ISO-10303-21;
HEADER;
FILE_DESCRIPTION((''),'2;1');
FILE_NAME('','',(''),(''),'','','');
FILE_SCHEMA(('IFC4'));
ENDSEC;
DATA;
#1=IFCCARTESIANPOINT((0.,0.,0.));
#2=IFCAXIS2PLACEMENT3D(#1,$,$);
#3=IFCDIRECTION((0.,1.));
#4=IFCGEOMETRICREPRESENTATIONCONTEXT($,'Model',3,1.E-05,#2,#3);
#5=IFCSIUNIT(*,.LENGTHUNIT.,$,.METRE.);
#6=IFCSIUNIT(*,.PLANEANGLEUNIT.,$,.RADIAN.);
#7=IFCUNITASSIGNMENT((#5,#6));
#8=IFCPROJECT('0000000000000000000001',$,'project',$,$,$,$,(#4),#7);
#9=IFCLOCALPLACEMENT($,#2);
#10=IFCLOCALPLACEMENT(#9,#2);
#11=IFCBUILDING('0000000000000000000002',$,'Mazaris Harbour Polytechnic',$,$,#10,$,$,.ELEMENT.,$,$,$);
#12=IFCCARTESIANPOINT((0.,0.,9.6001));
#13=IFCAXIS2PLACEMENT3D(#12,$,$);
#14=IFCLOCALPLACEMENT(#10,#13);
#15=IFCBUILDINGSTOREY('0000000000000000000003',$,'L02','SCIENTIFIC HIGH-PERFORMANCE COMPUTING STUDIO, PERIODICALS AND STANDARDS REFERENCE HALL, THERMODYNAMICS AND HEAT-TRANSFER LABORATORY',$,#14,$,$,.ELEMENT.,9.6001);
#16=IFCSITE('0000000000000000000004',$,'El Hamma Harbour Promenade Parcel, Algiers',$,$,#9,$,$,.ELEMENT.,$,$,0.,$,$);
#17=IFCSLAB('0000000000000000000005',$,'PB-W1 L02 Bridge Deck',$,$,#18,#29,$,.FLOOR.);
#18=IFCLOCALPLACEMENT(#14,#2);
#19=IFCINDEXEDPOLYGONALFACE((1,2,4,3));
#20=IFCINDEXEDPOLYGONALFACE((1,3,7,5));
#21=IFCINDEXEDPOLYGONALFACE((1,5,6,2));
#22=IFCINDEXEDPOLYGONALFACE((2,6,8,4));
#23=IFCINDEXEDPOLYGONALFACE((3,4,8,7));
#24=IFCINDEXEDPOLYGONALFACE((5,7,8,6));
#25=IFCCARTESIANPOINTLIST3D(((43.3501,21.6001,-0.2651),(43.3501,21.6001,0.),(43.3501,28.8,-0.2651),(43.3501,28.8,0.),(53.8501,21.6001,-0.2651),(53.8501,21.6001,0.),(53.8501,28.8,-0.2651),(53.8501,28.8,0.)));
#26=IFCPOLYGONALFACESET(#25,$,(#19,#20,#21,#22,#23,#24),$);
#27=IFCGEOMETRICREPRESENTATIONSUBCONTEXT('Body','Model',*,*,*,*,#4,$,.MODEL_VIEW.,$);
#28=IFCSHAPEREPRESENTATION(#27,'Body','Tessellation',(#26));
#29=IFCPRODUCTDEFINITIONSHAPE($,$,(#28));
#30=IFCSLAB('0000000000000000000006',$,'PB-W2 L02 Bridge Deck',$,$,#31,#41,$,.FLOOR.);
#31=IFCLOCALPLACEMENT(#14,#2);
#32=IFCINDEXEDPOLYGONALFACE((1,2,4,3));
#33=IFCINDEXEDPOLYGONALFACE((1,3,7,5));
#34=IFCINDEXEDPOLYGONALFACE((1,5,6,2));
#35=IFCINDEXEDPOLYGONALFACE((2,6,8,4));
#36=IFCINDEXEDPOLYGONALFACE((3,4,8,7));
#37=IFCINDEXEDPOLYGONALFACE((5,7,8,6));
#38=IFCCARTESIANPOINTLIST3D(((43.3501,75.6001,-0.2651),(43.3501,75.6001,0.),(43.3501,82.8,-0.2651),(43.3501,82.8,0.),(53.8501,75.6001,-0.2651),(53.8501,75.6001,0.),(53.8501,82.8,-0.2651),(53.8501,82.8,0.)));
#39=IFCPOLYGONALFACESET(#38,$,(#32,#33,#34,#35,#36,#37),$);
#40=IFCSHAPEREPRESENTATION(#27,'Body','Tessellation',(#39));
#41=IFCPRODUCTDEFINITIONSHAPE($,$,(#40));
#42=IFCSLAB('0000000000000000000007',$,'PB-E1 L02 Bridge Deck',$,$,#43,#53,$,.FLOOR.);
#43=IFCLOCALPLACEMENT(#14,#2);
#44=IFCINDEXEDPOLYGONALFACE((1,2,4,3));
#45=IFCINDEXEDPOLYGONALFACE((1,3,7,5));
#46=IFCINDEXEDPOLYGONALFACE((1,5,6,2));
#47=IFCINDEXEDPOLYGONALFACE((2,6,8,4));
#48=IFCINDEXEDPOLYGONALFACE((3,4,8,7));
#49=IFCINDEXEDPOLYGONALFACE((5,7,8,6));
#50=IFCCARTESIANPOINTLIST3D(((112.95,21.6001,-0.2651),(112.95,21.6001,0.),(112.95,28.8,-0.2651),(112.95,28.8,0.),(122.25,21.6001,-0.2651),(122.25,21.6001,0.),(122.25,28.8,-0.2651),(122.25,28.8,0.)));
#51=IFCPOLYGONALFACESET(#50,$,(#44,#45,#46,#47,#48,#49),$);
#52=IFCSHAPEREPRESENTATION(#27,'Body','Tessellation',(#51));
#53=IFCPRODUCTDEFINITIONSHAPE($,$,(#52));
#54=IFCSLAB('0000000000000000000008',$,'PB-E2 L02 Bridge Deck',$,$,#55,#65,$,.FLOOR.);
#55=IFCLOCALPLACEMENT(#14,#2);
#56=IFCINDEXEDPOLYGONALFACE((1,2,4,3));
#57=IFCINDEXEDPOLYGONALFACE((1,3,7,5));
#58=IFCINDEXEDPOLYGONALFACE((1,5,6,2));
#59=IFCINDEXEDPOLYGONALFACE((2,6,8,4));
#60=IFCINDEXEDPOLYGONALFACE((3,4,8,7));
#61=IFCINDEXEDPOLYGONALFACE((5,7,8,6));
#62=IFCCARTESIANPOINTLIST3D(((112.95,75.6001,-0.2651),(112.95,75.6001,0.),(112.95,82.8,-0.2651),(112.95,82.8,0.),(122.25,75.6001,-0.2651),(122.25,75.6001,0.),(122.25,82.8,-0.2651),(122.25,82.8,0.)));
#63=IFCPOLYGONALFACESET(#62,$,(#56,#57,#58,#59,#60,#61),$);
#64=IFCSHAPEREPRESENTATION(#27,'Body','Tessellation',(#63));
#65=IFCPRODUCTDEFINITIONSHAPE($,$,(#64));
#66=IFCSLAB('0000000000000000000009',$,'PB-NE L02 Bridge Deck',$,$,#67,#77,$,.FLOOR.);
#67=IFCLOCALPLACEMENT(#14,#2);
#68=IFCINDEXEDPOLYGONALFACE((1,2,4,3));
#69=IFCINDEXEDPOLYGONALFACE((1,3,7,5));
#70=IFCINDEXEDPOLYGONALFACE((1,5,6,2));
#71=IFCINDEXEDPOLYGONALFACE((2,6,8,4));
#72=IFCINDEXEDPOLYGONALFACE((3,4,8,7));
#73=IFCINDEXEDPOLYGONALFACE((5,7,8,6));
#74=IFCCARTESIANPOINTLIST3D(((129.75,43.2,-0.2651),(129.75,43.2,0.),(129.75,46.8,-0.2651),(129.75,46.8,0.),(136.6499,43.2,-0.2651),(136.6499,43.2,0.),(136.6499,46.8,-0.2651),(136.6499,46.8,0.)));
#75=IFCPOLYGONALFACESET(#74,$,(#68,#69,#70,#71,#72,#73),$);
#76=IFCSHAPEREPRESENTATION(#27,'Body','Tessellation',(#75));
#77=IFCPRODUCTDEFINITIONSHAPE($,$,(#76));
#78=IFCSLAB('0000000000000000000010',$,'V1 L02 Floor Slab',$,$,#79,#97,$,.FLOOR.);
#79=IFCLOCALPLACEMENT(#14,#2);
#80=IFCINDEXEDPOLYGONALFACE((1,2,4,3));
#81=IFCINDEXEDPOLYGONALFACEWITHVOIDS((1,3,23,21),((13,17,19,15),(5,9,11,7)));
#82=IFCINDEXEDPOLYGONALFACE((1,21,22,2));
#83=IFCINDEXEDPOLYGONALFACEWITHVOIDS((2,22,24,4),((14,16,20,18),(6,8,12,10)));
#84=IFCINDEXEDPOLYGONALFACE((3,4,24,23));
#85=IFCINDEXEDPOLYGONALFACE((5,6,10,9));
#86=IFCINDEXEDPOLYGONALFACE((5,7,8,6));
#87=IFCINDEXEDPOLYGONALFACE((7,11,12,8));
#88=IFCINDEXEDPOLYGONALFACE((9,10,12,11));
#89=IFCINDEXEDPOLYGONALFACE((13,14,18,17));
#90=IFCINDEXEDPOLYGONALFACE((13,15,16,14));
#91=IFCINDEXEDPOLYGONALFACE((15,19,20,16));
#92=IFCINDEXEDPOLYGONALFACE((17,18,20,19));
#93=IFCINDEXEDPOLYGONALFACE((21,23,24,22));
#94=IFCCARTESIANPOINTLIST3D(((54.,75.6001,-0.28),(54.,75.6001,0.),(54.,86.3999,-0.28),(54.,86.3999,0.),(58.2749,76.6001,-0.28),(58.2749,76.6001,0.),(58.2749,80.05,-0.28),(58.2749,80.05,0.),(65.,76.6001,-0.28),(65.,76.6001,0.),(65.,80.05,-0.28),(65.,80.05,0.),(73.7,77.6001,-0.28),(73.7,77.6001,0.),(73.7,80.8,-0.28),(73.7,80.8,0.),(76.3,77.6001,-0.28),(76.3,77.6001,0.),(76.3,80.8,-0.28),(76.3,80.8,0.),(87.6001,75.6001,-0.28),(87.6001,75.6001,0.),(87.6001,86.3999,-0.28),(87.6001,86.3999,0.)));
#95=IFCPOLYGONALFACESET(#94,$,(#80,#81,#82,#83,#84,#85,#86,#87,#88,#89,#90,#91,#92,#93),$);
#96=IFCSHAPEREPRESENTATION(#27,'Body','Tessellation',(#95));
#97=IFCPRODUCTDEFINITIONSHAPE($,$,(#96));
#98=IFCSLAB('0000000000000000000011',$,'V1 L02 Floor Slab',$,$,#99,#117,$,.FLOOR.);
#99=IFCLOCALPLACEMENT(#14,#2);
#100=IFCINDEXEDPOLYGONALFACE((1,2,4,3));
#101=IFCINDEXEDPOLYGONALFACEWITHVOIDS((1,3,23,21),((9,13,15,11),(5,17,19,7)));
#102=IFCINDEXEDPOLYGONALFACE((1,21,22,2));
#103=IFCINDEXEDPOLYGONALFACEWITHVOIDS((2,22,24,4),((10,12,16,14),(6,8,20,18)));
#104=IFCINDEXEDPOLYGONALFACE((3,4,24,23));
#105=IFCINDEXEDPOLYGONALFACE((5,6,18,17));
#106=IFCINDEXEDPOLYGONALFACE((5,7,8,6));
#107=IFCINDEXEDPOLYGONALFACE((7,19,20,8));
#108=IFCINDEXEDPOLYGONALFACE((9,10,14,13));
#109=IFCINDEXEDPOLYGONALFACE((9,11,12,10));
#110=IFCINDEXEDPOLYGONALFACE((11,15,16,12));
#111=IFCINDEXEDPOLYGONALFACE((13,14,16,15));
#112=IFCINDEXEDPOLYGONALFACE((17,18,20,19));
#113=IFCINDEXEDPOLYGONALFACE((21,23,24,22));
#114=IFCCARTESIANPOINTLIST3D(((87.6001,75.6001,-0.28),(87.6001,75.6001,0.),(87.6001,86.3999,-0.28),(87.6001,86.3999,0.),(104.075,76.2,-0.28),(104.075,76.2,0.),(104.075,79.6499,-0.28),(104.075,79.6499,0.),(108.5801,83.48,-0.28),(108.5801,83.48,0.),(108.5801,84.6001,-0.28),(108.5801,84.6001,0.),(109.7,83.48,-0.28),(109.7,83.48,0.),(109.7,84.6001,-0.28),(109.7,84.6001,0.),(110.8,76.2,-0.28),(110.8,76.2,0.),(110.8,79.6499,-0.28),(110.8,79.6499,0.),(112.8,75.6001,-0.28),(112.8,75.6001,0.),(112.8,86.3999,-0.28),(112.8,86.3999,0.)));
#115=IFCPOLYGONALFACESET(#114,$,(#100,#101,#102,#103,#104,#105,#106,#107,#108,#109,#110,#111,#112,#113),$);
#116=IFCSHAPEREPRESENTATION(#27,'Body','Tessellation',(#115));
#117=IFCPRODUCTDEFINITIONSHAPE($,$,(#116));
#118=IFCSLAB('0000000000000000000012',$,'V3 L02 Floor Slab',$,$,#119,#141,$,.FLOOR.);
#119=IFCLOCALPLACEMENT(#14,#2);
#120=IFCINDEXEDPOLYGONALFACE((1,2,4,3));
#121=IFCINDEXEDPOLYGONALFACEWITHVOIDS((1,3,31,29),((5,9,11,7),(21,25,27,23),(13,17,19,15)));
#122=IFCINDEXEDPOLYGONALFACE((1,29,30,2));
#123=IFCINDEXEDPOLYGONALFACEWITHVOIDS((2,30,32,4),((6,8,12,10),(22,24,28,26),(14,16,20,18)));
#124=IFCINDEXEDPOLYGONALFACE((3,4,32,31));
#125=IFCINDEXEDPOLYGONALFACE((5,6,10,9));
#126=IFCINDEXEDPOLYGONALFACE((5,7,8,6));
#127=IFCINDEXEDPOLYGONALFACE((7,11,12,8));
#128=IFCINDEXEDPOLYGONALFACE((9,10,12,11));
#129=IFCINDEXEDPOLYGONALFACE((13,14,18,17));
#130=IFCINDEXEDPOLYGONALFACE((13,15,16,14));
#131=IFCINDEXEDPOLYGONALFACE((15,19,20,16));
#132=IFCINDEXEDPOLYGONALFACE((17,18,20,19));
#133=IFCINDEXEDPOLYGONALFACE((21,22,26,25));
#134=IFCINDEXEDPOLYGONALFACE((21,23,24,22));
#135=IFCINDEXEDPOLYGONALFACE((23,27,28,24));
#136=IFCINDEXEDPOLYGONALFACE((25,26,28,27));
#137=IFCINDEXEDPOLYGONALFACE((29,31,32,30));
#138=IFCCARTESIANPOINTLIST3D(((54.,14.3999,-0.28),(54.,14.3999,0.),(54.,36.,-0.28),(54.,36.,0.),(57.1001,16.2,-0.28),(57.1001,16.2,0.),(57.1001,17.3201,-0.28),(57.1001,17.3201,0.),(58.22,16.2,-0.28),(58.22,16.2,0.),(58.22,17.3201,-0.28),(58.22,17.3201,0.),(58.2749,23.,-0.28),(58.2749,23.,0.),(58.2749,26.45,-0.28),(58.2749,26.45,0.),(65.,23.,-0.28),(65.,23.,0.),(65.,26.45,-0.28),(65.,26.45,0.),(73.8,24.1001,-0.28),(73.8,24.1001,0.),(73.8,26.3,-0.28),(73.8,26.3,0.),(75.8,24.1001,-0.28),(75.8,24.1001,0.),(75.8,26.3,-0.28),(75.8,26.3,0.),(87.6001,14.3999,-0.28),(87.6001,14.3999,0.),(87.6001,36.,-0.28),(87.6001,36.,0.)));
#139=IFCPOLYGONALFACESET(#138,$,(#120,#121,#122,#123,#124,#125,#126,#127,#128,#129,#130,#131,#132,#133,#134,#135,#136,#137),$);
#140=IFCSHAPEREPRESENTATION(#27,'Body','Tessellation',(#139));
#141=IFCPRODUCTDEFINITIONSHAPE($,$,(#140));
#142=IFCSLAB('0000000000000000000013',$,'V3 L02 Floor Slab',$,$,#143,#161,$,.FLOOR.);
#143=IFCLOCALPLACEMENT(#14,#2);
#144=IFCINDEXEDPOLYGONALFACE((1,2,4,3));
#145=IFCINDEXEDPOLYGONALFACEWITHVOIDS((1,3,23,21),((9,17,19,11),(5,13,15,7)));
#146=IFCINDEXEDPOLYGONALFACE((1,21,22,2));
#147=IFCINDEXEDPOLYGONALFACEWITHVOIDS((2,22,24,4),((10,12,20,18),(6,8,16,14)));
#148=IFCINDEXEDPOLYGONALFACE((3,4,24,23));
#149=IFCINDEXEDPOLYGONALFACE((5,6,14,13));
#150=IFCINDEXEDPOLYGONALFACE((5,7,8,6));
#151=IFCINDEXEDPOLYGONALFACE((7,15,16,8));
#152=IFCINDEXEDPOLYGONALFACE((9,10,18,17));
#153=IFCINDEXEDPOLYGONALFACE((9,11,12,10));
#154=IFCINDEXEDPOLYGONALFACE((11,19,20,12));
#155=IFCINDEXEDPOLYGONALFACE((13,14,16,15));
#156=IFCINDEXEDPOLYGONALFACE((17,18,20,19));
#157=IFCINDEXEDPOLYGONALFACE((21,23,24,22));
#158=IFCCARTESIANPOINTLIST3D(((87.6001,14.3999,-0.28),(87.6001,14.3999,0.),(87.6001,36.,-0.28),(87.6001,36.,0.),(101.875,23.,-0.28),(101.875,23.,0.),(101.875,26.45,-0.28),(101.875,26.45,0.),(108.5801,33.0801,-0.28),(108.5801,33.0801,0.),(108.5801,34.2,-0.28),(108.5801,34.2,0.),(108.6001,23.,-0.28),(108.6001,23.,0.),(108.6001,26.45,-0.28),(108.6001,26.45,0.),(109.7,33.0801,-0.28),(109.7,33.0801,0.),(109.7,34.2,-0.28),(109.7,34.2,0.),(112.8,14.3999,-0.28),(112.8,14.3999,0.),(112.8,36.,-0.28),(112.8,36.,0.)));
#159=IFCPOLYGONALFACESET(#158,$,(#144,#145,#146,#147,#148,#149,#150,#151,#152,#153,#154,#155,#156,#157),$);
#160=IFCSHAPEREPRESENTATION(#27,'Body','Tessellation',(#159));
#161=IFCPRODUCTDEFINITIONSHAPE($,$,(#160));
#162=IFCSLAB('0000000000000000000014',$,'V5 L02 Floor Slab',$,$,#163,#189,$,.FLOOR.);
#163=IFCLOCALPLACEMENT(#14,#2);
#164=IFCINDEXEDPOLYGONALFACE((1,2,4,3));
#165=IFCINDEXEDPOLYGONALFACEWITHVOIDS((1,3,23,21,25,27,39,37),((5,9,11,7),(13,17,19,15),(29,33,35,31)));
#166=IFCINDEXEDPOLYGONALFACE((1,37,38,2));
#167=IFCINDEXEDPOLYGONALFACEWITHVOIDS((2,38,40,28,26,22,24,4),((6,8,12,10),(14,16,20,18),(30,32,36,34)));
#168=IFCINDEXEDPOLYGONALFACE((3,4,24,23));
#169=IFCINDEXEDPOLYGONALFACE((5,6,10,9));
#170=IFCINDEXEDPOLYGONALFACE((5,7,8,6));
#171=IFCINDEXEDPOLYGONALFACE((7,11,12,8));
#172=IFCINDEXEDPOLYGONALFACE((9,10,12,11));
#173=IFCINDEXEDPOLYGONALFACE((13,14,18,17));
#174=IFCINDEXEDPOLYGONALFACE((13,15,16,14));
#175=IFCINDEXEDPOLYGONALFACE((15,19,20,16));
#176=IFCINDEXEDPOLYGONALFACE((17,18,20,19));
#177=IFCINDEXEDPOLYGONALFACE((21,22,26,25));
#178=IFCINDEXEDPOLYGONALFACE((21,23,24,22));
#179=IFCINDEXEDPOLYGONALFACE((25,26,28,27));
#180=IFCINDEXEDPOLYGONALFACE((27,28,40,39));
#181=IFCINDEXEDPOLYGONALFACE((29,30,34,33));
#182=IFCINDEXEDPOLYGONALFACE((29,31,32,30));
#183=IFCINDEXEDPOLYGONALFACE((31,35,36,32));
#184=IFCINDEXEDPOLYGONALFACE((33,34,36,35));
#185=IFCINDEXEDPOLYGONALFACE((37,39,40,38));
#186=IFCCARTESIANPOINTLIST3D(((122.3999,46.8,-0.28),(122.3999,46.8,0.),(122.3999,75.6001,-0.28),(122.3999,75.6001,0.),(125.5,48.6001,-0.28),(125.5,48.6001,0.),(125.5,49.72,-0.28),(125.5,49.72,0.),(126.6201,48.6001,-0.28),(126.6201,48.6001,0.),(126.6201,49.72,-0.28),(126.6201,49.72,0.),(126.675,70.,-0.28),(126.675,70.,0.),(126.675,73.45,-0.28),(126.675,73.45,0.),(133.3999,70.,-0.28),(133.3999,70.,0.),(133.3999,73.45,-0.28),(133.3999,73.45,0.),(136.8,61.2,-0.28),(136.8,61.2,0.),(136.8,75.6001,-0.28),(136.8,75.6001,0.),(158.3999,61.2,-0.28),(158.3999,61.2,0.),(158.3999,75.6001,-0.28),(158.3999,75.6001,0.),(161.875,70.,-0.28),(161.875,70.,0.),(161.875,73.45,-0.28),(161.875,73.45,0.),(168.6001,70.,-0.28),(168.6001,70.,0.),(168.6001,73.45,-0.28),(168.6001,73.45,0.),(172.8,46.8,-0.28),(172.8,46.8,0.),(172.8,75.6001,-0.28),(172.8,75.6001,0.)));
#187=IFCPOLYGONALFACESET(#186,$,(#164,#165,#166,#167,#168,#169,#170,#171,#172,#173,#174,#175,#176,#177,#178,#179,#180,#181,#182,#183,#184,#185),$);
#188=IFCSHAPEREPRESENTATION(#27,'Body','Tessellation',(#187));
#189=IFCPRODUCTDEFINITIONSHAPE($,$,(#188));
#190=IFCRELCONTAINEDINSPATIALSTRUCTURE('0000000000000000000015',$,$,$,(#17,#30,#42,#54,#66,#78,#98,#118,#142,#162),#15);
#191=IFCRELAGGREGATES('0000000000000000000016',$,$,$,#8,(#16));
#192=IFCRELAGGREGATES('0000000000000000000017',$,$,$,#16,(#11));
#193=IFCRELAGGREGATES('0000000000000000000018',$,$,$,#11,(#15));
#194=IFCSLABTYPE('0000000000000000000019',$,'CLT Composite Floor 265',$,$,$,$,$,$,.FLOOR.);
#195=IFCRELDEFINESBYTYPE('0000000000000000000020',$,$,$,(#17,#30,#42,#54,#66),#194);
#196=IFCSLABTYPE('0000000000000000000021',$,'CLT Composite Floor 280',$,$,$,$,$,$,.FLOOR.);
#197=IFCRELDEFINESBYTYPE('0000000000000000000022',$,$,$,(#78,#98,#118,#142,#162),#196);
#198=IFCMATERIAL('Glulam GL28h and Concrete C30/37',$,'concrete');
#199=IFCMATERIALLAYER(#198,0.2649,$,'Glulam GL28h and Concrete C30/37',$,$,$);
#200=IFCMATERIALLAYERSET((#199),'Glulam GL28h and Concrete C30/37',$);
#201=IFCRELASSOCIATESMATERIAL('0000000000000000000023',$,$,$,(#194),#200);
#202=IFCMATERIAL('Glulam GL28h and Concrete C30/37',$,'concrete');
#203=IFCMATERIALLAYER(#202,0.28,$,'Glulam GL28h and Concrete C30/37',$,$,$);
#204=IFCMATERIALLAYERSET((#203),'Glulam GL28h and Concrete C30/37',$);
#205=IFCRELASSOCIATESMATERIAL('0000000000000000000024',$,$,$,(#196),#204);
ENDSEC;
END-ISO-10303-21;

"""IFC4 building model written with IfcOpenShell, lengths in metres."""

from ifc_helpers import new_model, si_unit, direction, frame, origin, place, context, subcontext, project, spatial, polyline, outline, extrude, material, layer, layer_set, type_object, element, save


model = new_model("IFC4")

# Units and contexts
model_context = context("Model", 3, precision=1e-05, world=origin(), true_north=direction((0.0, 1.0)))
body_context = subcontext(model_context, "Body", "Model", "MODEL_VIEW")
ifc_project = project(units=[si_unit("LENGTHUNIT", "METRE"), si_unit("PLANEANGLEUNIT", "RADIAN")], contexts=[model_context])

# Site, building, storey
site_placement = place(None, origin())
site = spatial("IfcSite", under=ifc_project, at=site_placement, Name="El Hamma Harbour Promenade Parcel, Algiers", CompositionType="ELEMENT", RefElevation=0.0)
building_placement = place(site_placement, origin())
building = spatial("IfcBuilding", under=site, at=building_placement, Name="Mazaris Harbour Polytechnic", CompositionType="ELEMENT")
storey_placement = place(building_placement, frame((0.0, 0.0, 9.6001)))
storey = spatial("IfcBuildingStorey", under=building, at=storey_placement, Name="L02", Description="SCIENTIFIC HIGH-PERFORMANCE COMPUTING STUDIO, PERIODICALS AND STANDARDS REFERENCE HALL, THERMODYNAMICS AND HEAT-TRANSFER LABORATORY", CompositionType="ELEMENT", Elevation=9.6001)

# Slabs
ifc_material_1 = material(Name="Glulam GL28h and Concrete C30/37", Category="concrete")
ifc_layer_1 = layer(ifc_material_1, 0.2649, Name="Glulam GL28h and Concrete C30/37")
ifc_layer_set_1 = layer_set([ifc_layer_1], Name="Glulam GL28h and Concrete C30/37")
slab_type_1 = type_object("IfcSlabType", Name="CLT Composite Floor 265", PredefinedType="FLOOR", material=ifc_layer_set_1)
slab_1_placement = place(storey_placement, frame((0.0, 0.0, -0.2651)))
element("IfcSlab", 1, at=slab_1_placement, inside=storey, type_object=slab_type_1, Name="PB-W1 L02 Bridge Deck", PredefinedType="FLOOR", context=body_context, shape_type="SweptSolid", body=[
    extrude(outline(polyline([(53.8501, 21.6001), (53.8501, 28.8), (43.3501, 28.8), (43.3501, 21.6001), (53.8501, 21.6001)])), origin(), (0.0, 0.0, 1.0), 0.2651),
])
slab_2_placement = place(storey_placement, frame((0.0, 0.0, -0.2651)))
element("IfcSlab", 2, at=slab_2_placement, inside=storey, type_object=slab_type_1, Name="PB-W2 L02 Bridge Deck", PredefinedType="FLOOR", context=body_context, shape_type="SweptSolid", body=[
    extrude(outline(polyline([(53.8501, 75.6001), (53.8501, 82.8), (43.3501, 82.8), (43.3501, 75.6001), (53.8501, 75.6001)])), origin(), (0.0, 0.0, 1.0), 0.2651),
])
slab_3_placement = place(storey_placement, frame((0.0, 0.0, -0.2651)))
element("IfcSlab", 3, at=slab_3_placement, inside=storey, type_object=slab_type_1, Name="PB-E1 L02 Bridge Deck", PredefinedType="FLOOR", context=body_context, shape_type="SweptSolid", body=[
    extrude(outline(polyline([(122.25, 21.6001), (122.25, 28.8), (112.95, 28.8), (112.95, 21.6001), (122.25, 21.6001)])), origin(), (0.0, 0.0, 1.0), 0.2651),
])
slab_4_placement = place(storey_placement, frame((0.0, 0.0, -0.2651)))
element("IfcSlab", 4, at=slab_4_placement, inside=storey, type_object=slab_type_1, Name="PB-E2 L02 Bridge Deck", PredefinedType="FLOOR", context=body_context, shape_type="SweptSolid", body=[
    extrude(outline(polyline([(122.25, 75.6001), (122.25, 82.8), (112.95, 82.8), (112.95, 75.6001), (122.25, 75.6001)])), origin(), (0.0, 0.0, 1.0), 0.2651),
])
slab_5_placement = place(storey_placement, frame((0.0, 0.0, -0.2651)))
element("IfcSlab", 5, at=slab_5_placement, inside=storey, type_object=slab_type_1, Name="PB-NE L02 Bridge Deck", PredefinedType="FLOOR", context=body_context, shape_type="SweptSolid", body=[
    extrude(outline(polyline([(136.6499, 43.2), (136.6499, 46.8), (129.75, 46.8), (129.75, 43.2), (136.6499, 43.2)])), origin(), (0.0, 0.0, 1.0), 0.2651),
])
ifc_material_2 = material(Name="Glulam GL28h and Concrete C30/37", Category="concrete")
ifc_layer_2 = layer(ifc_material_2, 0.28, Name="Glulam GL28h and Concrete C30/37")
ifc_layer_set_2 = layer_set([ifc_layer_2], Name="Glulam GL28h and Concrete C30/37")
slab_type_2 = type_object("IfcSlabType", Name="CLT Composite Floor 280", PredefinedType="FLOOR", material=ifc_layer_set_2)
slab_6_placement = place(storey_placement, frame((0.0, 0.0, -0.28)))
element("IfcSlab", 6, at=slab_6_placement, inside=storey, type_object=slab_type_2, Name="V1 L02 Floor Slab", PredefinedType="FLOOR", context=body_context, shape_type="SweptSolid", body=[
    extrude(outline(polyline([(54.0, 75.6001), (54.0, 86.3999), (87.6001, 86.3999), (87.6001, 75.6001), (54.0, 75.6001)]), holes=[polyline([(65.0, 80.05), (58.2749, 80.05), (58.2749, 76.6001), (65.0, 76.6001), (65.0, 80.05)]), polyline([(73.7, 77.6001), (76.3, 77.6001), (76.3, 80.8), (73.7, 80.8), (73.7, 77.6001)])]), origin(), (0.0, 0.0, 1.0), 0.28),
])
slab_7_placement = place(storey_placement, frame((0.0, 0.0, -0.28)))
element("IfcSlab", 7, at=slab_7_placement, inside=storey, type_object=slab_type_2, Name="V1 L02 Floor Slab", PredefinedType="FLOOR", context=body_context, shape_type="SweptSolid", body=[
    extrude(outline(polyline([(87.6001, 75.6001), (87.6001, 86.3999), (112.8, 86.3999), (112.8, 75.6001), (87.6001, 75.6001)]), holes=[polyline([(110.8, 76.2), (110.8, 79.6499), (104.075, 79.6499), (104.075, 76.2), (110.8, 76.2)]), polyline([(108.5801, 84.6001), (108.5801, 83.48), (109.7, 83.48), (109.7, 84.6001), (108.5801, 84.6001)])]), origin(), (0.0, 0.0, 1.0), 0.28),
])
slab_8_placement = place(storey_placement, frame((0.0, 0.0, -0.28)))
element("IfcSlab", 8, at=slab_8_placement, inside=storey, type_object=slab_type_2, Name="V3 L02 Floor Slab", PredefinedType="FLOOR", context=body_context, shape_type="SweptSolid", body=[
    extrude(outline(polyline([(54.0, 36.0), (87.6001, 36.0), (87.6001, 14.3999), (54.0, 14.3999), (54.0, 36.0)]), holes=[polyline([(58.2749, 26.45), (58.2749, 23.0), (65.0, 23.0), (65.0, 26.45), (58.2749, 26.45)]), polyline([(75.8, 24.1001), (75.8, 26.3), (73.8, 26.3), (73.8, 24.1001), (75.8, 24.1001)]), polyline([(57.1001, 16.2), (58.22, 16.2), (58.22, 17.3201), (57.1001, 17.3201), (57.1001, 16.2)])]), origin(), (0.0, 0.0, 1.0), 0.28),
])
slab_9_placement = place(storey_placement, frame((0.0, 0.0, -0.28)))
element("IfcSlab", 9, at=slab_9_placement, inside=storey, type_object=slab_type_2, Name="V3 L02 Floor Slab", PredefinedType="FLOOR", context=body_context, shape_type="SweptSolid", body=[
    extrude(outline(polyline([(112.8, 36.0), (112.8, 14.3999), (87.6001, 14.3999), (87.6001, 36.0), (112.8, 36.0)]), holes=[polyline([(108.6001, 26.45), (101.875, 26.45), (101.875, 23.0), (108.6001, 23.0), (108.6001, 26.45)]), polyline([(108.5801, 34.2), (108.5801, 33.0801), (109.7, 33.0801), (109.7, 34.2), (108.5801, 34.2)])]), origin(), (0.0, 0.0, 1.0), 0.28),
])
slab_10_placement = place(storey_placement, frame((0.0, 0.0, -0.28)))
element("IfcSlab", 10, at=slab_10_placement, inside=storey, type_object=slab_type_2, Name="V5 L02 Floor Slab", PredefinedType="FLOOR", context=body_context, shape_type="SweptSolid", body=[
    extrude(outline(polyline([(172.8, 46.8), (122.3999, 46.8), (122.3999, 75.6001), (136.8, 75.6001), (136.8, 61.2), (158.3999, 61.2), (158.3999, 75.6001), (172.8, 75.6001), (172.8, 46.8)]), holes=[polyline([(126.675, 70.0), (133.3999, 70.0), (133.3999, 73.45), (126.675, 73.45), (126.675, 70.0)]), polyline([(161.875, 73.45), (161.875, 70.0), (168.6001, 70.0), (168.6001, 73.45), (161.875, 73.45)]), polyline([(125.5, 48.6001), (126.6201, 48.6001), (126.6201, 49.72), (125.5, 49.72), (125.5, 48.6001)])]), origin(), (0.0, 0.0, 1.0), 0.28),
])

save(model, "model.ifc")
